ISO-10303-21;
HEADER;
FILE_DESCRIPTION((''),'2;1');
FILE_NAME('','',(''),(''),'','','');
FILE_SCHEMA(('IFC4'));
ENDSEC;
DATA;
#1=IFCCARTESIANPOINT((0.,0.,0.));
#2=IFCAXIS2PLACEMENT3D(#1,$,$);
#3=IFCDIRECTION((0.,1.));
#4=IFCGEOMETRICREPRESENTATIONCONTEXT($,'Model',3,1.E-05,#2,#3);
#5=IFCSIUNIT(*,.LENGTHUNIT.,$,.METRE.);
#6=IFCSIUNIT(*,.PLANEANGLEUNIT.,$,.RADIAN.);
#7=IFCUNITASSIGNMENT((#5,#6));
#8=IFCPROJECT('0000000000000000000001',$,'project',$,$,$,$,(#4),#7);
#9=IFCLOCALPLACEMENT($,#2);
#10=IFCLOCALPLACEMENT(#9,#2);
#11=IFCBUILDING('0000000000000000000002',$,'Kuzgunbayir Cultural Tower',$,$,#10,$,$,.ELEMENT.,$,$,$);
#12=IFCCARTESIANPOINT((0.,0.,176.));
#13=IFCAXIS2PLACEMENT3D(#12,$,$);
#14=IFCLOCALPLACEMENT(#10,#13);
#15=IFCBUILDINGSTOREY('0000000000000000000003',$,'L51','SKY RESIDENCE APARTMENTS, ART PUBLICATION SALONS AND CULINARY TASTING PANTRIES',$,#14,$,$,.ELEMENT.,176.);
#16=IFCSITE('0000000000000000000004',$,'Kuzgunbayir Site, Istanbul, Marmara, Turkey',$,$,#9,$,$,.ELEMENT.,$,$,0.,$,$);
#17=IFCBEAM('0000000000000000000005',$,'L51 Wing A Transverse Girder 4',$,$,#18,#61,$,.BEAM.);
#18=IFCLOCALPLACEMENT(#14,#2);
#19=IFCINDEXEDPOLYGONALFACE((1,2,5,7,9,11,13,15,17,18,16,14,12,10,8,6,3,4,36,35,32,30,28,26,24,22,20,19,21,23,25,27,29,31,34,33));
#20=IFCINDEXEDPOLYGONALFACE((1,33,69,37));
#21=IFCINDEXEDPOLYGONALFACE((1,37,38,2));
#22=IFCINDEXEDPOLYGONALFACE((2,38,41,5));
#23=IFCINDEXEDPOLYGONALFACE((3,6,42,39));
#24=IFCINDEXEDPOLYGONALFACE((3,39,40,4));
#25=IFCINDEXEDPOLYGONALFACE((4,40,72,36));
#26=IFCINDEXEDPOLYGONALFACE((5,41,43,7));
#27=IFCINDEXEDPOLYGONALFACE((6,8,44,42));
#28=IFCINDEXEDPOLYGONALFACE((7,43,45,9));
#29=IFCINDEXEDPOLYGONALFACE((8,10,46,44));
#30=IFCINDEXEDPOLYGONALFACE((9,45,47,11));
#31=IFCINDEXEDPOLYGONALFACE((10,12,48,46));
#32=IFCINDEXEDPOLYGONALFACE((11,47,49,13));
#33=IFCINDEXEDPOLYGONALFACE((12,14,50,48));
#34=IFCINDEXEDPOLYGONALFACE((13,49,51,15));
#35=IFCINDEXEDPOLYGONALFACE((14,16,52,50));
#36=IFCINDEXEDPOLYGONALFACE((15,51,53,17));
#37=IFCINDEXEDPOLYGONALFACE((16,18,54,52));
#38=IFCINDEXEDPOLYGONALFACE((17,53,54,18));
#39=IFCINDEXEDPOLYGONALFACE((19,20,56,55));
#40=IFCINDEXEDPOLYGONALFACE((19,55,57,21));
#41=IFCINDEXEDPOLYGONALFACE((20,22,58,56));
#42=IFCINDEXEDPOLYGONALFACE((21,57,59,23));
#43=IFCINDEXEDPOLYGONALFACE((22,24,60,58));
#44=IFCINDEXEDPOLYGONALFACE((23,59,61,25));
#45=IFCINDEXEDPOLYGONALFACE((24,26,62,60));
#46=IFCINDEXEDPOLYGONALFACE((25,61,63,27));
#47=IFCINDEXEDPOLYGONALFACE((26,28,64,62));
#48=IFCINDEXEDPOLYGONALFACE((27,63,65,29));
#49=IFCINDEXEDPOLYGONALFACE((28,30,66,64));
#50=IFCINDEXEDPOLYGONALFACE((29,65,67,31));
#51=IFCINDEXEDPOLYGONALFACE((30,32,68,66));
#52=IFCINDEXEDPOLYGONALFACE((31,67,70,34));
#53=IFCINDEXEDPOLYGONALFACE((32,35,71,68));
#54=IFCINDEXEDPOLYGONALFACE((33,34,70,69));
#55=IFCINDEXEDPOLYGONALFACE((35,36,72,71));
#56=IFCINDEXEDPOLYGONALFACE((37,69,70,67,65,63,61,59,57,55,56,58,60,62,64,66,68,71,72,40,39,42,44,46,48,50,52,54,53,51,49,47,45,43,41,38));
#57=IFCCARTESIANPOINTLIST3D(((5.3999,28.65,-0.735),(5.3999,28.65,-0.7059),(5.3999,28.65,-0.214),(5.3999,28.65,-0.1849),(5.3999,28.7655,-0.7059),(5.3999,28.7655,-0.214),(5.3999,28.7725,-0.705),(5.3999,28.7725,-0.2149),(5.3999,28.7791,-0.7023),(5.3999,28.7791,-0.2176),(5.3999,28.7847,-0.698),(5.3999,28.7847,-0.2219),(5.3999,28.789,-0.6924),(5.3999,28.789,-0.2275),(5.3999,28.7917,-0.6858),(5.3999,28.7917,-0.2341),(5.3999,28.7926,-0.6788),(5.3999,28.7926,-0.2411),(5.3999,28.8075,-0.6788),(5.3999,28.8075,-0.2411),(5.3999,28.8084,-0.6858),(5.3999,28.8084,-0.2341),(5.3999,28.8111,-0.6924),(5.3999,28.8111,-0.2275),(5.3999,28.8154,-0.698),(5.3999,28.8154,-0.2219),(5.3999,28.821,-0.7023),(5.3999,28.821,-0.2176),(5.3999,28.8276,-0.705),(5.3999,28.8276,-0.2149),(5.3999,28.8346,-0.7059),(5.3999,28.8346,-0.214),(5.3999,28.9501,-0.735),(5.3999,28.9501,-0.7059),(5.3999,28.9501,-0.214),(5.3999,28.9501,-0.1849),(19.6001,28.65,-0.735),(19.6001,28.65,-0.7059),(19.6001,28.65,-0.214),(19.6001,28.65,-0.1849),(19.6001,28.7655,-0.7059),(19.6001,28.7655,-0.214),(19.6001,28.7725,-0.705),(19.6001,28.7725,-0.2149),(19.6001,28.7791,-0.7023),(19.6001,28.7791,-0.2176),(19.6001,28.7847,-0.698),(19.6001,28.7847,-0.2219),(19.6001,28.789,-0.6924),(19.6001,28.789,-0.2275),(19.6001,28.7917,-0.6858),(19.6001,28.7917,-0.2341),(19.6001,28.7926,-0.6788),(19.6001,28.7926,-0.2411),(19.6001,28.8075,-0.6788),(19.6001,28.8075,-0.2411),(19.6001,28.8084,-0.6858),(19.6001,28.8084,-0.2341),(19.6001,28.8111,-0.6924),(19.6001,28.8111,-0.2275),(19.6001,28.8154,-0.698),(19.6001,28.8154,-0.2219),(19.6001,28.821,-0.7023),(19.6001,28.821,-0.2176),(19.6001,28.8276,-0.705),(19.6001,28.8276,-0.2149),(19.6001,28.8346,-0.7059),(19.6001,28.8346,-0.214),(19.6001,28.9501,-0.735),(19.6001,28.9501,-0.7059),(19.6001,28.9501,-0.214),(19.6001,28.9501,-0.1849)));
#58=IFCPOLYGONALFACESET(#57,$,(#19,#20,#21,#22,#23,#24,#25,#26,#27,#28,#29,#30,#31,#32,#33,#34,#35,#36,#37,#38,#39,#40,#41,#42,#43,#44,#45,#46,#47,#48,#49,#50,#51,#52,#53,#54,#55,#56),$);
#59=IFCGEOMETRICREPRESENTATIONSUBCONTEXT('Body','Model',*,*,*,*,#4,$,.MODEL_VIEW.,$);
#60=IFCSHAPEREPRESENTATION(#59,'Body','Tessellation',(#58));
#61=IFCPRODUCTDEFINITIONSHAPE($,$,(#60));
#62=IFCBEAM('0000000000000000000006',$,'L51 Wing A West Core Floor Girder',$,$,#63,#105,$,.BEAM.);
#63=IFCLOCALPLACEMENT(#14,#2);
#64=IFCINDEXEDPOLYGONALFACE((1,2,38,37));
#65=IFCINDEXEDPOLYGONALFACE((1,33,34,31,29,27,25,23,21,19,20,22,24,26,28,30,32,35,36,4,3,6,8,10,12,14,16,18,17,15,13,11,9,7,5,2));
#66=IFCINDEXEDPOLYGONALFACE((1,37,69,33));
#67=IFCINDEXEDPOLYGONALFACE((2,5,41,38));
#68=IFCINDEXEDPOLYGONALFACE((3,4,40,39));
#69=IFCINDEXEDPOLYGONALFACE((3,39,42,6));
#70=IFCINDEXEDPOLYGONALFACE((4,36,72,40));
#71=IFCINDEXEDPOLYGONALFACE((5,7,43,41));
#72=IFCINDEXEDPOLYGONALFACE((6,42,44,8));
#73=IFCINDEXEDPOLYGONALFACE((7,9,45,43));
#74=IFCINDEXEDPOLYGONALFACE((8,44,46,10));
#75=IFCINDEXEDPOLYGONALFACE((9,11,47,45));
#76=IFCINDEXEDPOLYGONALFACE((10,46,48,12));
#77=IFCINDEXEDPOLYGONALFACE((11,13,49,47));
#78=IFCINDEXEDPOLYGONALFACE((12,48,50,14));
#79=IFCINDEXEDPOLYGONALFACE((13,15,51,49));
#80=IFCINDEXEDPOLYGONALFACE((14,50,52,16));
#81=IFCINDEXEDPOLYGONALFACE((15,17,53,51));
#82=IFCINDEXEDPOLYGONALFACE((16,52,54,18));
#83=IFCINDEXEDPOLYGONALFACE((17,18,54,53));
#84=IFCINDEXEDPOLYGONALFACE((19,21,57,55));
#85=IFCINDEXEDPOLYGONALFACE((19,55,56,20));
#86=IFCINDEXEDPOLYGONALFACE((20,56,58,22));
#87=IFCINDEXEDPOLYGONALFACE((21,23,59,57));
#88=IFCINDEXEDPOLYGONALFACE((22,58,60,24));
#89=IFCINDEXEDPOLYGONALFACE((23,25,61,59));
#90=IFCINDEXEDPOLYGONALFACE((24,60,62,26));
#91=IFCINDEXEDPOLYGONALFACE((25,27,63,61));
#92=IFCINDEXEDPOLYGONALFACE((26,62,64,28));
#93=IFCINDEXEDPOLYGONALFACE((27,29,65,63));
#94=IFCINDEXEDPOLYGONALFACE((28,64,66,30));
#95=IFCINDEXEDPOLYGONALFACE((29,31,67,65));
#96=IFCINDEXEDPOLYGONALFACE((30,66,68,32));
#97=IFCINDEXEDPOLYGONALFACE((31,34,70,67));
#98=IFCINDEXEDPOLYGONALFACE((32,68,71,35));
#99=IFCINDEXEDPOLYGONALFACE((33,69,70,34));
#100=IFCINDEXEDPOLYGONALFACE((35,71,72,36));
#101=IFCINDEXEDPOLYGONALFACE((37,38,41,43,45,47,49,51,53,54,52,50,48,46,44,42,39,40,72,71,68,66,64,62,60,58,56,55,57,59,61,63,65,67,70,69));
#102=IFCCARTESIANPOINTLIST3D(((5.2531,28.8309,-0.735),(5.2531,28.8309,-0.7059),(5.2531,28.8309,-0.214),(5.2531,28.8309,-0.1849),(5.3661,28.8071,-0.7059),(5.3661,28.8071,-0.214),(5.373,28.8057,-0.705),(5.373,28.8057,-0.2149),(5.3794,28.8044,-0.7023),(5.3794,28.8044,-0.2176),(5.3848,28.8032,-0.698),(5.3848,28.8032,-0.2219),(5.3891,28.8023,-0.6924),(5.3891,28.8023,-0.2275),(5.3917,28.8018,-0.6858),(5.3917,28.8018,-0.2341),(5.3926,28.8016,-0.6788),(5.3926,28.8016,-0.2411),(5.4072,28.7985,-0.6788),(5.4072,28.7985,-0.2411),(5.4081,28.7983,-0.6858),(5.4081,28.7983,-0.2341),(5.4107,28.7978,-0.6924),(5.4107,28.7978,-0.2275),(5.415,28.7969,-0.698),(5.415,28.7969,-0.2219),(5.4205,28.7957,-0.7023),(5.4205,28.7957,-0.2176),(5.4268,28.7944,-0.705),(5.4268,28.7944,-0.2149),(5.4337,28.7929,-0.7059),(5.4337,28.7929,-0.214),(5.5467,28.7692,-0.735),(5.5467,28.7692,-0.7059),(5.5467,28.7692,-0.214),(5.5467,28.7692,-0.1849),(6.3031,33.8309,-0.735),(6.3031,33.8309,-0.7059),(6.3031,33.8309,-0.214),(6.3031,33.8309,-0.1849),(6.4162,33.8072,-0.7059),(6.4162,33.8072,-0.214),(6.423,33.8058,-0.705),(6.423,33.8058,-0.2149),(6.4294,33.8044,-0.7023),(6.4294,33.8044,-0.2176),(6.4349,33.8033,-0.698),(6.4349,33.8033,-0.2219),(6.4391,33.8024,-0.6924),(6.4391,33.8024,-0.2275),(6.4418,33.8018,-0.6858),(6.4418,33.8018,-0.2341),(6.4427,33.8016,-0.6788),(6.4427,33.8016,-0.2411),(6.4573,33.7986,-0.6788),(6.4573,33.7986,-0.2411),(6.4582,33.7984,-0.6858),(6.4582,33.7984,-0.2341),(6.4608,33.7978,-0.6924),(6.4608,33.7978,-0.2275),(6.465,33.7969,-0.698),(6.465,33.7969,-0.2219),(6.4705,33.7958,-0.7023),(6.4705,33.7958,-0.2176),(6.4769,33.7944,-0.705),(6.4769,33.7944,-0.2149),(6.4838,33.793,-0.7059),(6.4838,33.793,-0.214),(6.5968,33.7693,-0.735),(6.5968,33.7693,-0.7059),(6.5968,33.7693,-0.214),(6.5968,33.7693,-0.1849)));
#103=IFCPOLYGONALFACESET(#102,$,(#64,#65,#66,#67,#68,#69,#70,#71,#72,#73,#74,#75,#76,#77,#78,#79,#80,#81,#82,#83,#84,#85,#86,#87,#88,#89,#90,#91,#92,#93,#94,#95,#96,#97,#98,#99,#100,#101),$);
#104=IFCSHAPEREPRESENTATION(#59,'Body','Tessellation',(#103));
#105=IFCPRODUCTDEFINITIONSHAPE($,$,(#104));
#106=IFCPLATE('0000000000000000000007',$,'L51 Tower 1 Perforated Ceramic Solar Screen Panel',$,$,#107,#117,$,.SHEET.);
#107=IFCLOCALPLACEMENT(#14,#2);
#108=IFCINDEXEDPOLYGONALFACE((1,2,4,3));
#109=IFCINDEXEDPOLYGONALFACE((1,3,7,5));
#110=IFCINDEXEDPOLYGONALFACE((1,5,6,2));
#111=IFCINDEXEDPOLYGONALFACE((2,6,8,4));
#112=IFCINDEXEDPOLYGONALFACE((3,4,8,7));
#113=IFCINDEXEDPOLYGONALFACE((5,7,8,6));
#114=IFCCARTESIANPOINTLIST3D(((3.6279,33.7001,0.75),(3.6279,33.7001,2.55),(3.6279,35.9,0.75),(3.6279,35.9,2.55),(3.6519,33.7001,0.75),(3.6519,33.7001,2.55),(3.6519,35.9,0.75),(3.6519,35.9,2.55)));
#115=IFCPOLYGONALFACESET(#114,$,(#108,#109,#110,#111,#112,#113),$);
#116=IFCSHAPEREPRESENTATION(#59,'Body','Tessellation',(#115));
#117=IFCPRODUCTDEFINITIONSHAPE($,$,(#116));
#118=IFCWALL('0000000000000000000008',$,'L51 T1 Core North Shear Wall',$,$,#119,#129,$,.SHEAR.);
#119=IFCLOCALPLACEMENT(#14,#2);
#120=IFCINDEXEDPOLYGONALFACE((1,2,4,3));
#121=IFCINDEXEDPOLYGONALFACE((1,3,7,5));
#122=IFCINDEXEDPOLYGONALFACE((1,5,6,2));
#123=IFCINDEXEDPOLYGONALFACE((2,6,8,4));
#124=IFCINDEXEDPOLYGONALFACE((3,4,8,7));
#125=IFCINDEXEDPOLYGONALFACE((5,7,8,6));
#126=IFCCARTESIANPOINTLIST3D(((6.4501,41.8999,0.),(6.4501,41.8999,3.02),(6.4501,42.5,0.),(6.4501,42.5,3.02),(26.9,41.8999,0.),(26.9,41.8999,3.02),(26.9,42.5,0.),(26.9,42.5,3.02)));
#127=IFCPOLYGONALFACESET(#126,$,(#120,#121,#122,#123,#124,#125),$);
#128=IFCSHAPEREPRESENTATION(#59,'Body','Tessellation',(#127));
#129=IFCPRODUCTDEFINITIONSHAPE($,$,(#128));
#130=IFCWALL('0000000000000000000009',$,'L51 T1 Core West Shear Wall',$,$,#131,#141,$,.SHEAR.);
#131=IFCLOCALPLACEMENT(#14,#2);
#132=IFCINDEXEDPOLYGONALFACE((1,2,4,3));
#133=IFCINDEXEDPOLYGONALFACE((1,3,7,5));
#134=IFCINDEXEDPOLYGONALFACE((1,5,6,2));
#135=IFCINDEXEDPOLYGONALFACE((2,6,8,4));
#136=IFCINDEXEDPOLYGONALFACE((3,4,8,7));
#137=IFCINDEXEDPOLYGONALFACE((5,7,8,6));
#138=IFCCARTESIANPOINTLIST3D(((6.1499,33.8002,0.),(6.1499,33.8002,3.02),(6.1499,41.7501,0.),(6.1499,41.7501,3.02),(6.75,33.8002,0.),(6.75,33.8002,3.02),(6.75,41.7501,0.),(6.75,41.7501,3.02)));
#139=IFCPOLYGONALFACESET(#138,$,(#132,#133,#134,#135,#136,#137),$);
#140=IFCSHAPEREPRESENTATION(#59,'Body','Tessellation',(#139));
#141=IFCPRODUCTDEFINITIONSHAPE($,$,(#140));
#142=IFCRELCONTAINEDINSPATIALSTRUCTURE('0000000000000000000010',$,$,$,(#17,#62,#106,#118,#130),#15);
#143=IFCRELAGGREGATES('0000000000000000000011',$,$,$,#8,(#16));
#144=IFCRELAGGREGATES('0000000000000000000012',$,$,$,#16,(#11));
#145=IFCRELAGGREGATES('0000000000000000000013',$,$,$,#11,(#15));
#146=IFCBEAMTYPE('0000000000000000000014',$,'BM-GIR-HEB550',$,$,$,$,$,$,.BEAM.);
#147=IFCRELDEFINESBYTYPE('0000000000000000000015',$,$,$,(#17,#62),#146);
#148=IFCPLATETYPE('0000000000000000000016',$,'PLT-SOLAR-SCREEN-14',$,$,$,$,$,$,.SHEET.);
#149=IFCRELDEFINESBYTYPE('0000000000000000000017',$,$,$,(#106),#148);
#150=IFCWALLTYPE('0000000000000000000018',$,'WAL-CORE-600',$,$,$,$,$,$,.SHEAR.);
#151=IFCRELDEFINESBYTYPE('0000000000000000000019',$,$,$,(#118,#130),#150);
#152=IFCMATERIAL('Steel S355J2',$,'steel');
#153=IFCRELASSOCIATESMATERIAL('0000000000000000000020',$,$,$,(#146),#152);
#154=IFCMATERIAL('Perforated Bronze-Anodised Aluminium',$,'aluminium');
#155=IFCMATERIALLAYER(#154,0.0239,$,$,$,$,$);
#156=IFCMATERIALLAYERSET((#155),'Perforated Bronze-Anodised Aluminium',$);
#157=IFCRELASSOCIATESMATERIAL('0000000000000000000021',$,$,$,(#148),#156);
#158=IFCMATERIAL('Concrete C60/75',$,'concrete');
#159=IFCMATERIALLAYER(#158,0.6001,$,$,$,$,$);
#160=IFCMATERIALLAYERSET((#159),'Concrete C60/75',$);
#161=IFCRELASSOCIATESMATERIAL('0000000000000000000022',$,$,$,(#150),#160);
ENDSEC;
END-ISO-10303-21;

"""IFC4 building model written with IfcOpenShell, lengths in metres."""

from ifc_helpers import new_model, si_unit, direction, frame, frame_2d, origin, origin_2d, place, context, subcontext, project, spatial, rectangle, i_section, extrude, material, layer, layer_set, material_profile, profile_set, type_object, element, save


model = new_model("IFC4")

# Units and contexts
model_context = context("Model", 3, precision=1e-05, world=origin(), true_north=direction((0.0, 1.0)))
body_context = subcontext(model_context, "Body", "Model", "MODEL_VIEW")
ifc_project = project(units=[si_unit("LENGTHUNIT", "METRE"), si_unit("PLANEANGLEUNIT", "RADIAN")], contexts=[model_context])

# Site, building, storey
site_placement = place(None, origin())
site = spatial("IfcSite", under=ifc_project, at=site_placement, Name="Kuzgunbayir Site, Istanbul, Marmara, Turkey", CompositionType="ELEMENT", RefElevation=0.0)
building_placement = place(site_placement, origin())
building = spatial("IfcBuilding", under=site, at=building_placement, Name="Kuzgunbayir Cultural Tower", CompositionType="ELEMENT")
storey_placement = place(building_placement, frame((0.0, 0.0, 176.0)))
storey = spatial("IfcBuildingStorey", under=building, at=storey_placement, Name="L51", Description="SKY RESIDENCE APARTMENTS, ART PUBLICATION SALONS AND CULINARY TASTING PANTRIES", CompositionType="ELEMENT", Elevation=176.0)

# Beams
ifc_material_1 = material(Name="Steel S355J2", Category="steel")
ifc_material_profile_1 = material_profile(ifc_material_1, i_section(OverallWidth=0.3, OverallDepth=0.55, WebThickness=0.0149, FlangeThickness=0.0291, FilletRadius=0.0271, at=origin_2d()), Name="HEB 550")
ifc_profile_set_1 = profile_set([ifc_material_profile_1], Name="Steel S355J2")
beam_type = type_object("IfcBeamType", Name="BM-GIR-HEB550", PredefinedType="BEAM", material=ifc_profile_set_1)
beam_1_placement = place(storey_placement, frame((5.3999, 28.8, -0.46), z_axis=(1.0, 0.0, 0.0), x_axis=(0.0, 1.0, 0.0)))
element("IfcBeam", 1, at=beam_1_placement, inside=storey, type_object=beam_type, Name="L51 Wing A Transverse Girder 4", PredefinedType="BEAM", context=body_context, shape_type="SweptSolid", body=[
    extrude(i_section(OverallWidth=0.3, OverallDepth=0.55, WebThickness=0.0149, FlangeThickness=0.0291, FilletRadius=0.0271, at=origin_2d()), origin(), (0.0, 0.0, 1.0), 14.2002),
])
beam_2_placement = place(storey_placement, frame((5.3999, 28.8, -0.46), z_axis=(0.205526, 0.978652, 0.0), x_axis=(-0.978652, 0.205526, 0.0)))
element("IfcBeam", 2, at=beam_2_placement, inside=storey, type_object=beam_type, Name="L51 Wing A West Core Floor Girder", PredefinedType="BEAM", context=body_context, shape_type="SweptSolid", body=[
    extrude(i_section(OverallWidth=0.3, OverallDepth=0.55, WebThickness=0.0149, FlangeThickness=0.0291, FilletRadius=0.0271, at=origin_2d()), origin(), (0.0, 0.0, 1.0), 5.1091),
])

# Plate
ifc_material_2 = material(Name="Perforated Bronze-Anodised Aluminium", Category="aluminium")
ifc_layer_1 = layer(ifc_material_2, 0.0239)
ifc_layer_set_1 = layer_set([ifc_layer_1], Name="Perforated Bronze-Anodised Aluminium")
plate_type = type_object("IfcPlateType", Name="PLT-SOLAR-SCREEN-14", PredefinedType="SHEET", material=ifc_layer_set_1)
plate_placement = place(storey_placement, frame((3.6399, 34.8, 0.75), z_axis=(0.0, 0.0, 1.0), x_axis=(1.0, 0.0, 0.0)))
element("IfcPlate", 3, at=plate_placement, inside=storey, type_object=plate_type, Name="L51 Tower 1 Perforated Ceramic Solar Screen Panel", PredefinedType="SHEET", context=body_context, shape_type="SweptSolid", body=[
    extrude(rectangle(XDim=0.0239, YDim=2.2, at=origin_2d()), origin(), (0.0, 0.0, 1.0), 1.8),
])

# Walls
ifc_material_3 = material(Name="Concrete C60/75", Category="concrete")
ifc_layer_2 = layer(ifc_material_3, 0.6001)
ifc_layer_set_2 = layer_set([ifc_layer_2], Name="Concrete C60/75")
wall_type_1 = type_object("IfcWallType", Name="WAL-CORE-600", PredefinedType="SHEAR", material=ifc_layer_set_2)
wall_1_placement = place(storey_placement, frame((6.45, 42.2, 0.0), z_axis=(0.0, 0.0, 1.0), x_axis=(1.0, 0.0, 0.0)))
element("IfcWall", 4, at=wall_1_placement, inside=storey, type_object=wall_type_1, Name="L51 T1 Core North Shear Wall", PredefinedType="SHEAR", context=body_context, shape_type="SweptSolid", body=[
    extrude(rectangle(XDim=20.45, YDim=0.6001, at=frame_2d((10.2251, 0.0))), origin(), (0.0, 0.0, 1.0), 3.02),
])
wall_2_placement = place(storey_placement, frame((6.45, 33.8, 0.0), z_axis=(0.0, 0.0, 1.0), x_axis=(0.0, 1.0, 0.0)))
element("IfcWall", 5, at=wall_2_placement, inside=storey, type_object=wall_type_1, Name="L51 T1 Core West Shear Wall", PredefinedType="SHEAR", context=body_context, shape_type="SweptSolid", body=[
    extrude(rectangle(XDim=7.95, YDim=0.6001, at=frame_2d((3.9751, 0.0))), origin(), (0.0, 0.0, 1.0), 3.02),
])

save(model, "model.ifc")
